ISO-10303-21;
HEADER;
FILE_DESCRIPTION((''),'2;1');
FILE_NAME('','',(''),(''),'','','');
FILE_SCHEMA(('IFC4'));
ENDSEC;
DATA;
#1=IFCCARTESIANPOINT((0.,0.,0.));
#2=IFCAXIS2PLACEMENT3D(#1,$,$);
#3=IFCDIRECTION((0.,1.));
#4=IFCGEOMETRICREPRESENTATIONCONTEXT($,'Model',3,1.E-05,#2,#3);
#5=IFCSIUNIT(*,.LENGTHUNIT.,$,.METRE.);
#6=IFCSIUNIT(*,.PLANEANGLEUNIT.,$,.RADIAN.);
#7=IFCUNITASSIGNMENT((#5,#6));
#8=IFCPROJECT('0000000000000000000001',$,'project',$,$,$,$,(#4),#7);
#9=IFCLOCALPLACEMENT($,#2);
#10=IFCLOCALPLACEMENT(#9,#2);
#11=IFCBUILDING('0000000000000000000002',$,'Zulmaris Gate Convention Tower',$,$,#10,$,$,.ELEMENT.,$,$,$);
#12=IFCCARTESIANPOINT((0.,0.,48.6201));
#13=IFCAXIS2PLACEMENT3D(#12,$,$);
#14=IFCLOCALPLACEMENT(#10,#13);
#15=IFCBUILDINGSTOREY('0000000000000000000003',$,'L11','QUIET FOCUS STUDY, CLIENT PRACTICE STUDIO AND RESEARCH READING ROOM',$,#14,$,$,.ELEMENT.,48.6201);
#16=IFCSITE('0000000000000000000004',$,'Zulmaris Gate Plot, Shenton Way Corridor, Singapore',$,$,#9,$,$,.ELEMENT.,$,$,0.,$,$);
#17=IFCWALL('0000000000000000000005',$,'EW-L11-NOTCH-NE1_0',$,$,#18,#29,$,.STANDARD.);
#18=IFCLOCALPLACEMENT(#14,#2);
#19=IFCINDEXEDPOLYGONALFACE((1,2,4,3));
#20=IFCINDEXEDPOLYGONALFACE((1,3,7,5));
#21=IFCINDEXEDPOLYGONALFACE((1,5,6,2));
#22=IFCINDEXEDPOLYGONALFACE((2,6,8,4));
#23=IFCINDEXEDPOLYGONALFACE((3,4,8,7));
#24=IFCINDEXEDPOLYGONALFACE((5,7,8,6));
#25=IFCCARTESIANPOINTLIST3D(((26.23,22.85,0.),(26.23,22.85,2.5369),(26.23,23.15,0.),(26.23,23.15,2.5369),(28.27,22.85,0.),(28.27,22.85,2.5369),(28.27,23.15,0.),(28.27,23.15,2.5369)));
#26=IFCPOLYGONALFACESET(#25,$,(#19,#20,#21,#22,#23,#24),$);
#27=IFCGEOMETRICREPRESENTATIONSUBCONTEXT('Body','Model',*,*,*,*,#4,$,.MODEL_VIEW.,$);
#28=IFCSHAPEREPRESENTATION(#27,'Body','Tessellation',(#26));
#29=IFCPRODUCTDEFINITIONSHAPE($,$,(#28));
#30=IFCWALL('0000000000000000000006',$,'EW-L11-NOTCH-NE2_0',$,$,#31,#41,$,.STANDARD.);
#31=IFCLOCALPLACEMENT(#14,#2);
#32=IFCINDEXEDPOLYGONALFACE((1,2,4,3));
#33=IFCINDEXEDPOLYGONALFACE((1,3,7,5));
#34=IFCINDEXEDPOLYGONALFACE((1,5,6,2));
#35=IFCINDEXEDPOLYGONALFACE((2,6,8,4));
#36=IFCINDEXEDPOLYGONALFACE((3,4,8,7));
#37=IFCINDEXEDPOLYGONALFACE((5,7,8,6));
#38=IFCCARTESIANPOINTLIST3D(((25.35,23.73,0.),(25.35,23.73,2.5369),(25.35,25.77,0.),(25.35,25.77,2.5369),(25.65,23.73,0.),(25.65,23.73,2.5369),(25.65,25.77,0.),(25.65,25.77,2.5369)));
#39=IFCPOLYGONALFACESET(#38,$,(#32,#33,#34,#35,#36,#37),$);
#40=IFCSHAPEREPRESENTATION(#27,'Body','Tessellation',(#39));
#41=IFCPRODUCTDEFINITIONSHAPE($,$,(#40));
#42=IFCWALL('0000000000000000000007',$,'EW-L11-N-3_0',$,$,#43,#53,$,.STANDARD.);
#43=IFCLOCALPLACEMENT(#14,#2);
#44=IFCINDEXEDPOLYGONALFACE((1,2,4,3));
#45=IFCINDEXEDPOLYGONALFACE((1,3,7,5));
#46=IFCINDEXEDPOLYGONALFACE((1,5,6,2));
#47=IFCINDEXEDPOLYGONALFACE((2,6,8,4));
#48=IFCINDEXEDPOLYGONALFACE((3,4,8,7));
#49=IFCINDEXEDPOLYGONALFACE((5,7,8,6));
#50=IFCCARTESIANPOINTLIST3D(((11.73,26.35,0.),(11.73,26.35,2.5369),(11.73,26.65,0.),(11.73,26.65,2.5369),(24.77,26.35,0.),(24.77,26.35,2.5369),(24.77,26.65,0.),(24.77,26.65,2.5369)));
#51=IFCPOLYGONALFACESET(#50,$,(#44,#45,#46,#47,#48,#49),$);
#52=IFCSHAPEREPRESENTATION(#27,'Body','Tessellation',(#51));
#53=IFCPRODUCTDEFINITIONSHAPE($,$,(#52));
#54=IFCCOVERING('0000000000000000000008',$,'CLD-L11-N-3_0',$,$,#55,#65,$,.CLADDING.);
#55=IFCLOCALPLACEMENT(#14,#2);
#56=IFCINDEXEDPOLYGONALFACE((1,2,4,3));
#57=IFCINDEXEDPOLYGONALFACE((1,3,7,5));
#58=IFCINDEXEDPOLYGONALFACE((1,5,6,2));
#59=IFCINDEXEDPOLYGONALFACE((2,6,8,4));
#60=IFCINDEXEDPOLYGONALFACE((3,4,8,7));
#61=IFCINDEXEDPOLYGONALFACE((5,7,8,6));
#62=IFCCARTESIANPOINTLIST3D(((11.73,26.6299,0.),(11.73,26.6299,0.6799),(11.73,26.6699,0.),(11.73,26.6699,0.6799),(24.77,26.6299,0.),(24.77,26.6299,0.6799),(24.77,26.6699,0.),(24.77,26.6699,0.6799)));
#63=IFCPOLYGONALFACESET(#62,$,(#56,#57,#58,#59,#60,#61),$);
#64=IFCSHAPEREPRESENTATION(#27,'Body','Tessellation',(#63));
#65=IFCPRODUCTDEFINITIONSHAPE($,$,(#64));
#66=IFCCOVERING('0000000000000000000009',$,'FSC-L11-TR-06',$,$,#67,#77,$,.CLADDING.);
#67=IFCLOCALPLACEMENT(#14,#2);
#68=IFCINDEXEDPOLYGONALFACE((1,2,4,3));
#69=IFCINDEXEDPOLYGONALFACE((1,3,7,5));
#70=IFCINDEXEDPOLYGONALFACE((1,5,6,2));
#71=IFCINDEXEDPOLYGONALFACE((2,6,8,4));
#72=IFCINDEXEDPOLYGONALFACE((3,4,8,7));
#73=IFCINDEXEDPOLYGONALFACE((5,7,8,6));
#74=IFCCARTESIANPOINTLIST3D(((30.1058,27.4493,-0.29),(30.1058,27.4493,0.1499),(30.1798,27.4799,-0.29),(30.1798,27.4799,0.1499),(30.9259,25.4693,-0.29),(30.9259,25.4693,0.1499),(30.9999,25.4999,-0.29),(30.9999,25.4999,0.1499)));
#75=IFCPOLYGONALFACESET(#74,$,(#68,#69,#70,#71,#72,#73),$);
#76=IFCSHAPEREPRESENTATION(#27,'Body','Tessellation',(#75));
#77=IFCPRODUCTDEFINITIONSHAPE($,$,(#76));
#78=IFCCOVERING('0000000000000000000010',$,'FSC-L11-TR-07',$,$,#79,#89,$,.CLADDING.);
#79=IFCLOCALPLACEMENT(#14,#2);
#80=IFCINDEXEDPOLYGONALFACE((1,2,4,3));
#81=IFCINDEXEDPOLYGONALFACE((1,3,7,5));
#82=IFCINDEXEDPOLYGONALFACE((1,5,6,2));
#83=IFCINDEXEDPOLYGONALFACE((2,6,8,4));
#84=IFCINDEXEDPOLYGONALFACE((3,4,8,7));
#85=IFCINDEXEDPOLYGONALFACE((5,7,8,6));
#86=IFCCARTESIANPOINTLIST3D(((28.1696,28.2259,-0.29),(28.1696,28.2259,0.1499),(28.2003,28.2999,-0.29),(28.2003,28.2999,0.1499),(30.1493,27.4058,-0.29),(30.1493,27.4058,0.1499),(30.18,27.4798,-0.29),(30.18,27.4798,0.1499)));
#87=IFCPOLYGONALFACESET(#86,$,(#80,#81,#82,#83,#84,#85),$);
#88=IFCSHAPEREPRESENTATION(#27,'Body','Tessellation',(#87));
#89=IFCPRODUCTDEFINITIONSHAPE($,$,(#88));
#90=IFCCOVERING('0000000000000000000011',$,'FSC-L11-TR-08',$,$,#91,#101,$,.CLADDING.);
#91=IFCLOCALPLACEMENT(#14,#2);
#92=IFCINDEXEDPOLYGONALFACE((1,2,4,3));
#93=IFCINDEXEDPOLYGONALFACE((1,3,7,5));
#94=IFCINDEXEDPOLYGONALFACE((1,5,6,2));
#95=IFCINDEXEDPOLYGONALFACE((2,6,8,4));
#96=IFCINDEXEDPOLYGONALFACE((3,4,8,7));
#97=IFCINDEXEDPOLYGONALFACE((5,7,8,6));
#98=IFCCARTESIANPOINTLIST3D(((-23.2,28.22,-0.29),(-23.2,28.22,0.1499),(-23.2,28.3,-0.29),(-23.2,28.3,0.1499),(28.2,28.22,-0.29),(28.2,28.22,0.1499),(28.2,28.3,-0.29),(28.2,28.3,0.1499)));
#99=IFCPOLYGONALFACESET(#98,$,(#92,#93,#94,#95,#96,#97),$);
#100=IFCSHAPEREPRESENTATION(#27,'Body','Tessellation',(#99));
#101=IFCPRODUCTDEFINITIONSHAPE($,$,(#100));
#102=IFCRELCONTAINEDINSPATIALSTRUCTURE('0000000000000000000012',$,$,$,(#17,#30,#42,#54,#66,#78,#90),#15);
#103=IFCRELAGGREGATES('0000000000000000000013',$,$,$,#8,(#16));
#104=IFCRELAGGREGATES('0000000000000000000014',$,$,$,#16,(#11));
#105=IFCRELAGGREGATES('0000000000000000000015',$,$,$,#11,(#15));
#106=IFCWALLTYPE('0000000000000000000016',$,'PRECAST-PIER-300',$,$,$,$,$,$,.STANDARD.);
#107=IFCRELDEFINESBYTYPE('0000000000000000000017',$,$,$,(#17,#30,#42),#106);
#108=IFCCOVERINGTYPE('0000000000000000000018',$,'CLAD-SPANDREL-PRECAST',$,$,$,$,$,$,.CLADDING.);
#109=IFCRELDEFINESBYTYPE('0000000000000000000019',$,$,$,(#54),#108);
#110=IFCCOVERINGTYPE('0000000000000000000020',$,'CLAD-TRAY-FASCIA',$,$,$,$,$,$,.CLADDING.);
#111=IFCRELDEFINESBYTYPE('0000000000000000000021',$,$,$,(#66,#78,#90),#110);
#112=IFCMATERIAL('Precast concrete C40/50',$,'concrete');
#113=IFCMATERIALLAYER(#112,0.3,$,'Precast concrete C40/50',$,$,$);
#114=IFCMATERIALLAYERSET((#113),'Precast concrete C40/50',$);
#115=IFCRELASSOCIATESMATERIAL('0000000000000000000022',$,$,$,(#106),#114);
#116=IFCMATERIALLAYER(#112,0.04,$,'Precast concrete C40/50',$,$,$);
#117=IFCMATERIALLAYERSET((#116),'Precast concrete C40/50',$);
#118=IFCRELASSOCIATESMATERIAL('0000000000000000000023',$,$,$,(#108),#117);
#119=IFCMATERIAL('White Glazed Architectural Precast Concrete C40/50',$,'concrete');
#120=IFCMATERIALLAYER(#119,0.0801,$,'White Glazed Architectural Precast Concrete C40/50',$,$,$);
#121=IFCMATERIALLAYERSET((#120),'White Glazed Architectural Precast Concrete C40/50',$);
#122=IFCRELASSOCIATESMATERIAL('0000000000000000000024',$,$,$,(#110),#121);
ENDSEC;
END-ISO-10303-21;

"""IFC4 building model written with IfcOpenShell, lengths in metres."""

from ifc_helpers import new_model, si_unit, direction, frame, frame_2d, origin, place, context, subcontext, project, spatial, rectangle, extrude, material, layer, layer_set, type_object, element, save


model = new_model("IFC4")

# Units and contexts
model_context = context("Model", 3, precision=1e-05, world=origin(), true_north=direction((0.0, 1.0)))
body_context = subcontext(model_context, "Body", "Model", "MODEL_VIEW")
ifc_project = project(units=[si_unit("LENGTHUNIT", "METRE"), si_unit("PLANEANGLEUNIT", "RADIAN")], contexts=[model_context])

# Site, building, storey
site_placement = place(None, origin())
site = spatial("IfcSite", under=ifc_project, at=site_placement, Name="Zulmaris Gate Plot, Shenton Way Corridor, Singapore", CompositionType="ELEMENT", RefElevation=0.0)
building_placement = place(site_placement, origin())
building = spatial("IfcBuilding", under=site, at=building_placement, Name="Zulmaris Gate Convention Tower", CompositionType="ELEMENT")
storey_placement = place(building_placement, frame((0.0, 0.0, 48.6201)))
storey = spatial("IfcBuildingStorey", under=building, at=storey_placement, Name="L11", Description="QUIET FOCUS STUDY, CLIENT PRACTICE STUDIO AND RESEARCH READING ROOM", CompositionType="ELEMENT", Elevation=48.6201)

# Walls
ifc_material_1 = material(Name="Precast concrete C40/50", Category="concrete")
ifc_layer_1 = layer(ifc_material_1, 0.3, Name="Precast concrete C40/50")
ifc_layer_set_1 = layer_set([ifc_layer_1], Name="Precast concrete C40/50")
wall_type_1 = type_object("IfcWallType", Name="PRECAST-PIER-300", PredefinedType="STANDARD", material=ifc_layer_set_1)
for number, where, z_axis, x_axis, name in (
    (1, (28.27, 23.0, 0.0), (0.0, 0.0, 1.0), (-1.0, 0.0, 0.0), "EW-L11-NOTCH-NE1_0"),
    (2, (25.5, 23.73, 0.0), (0.0, 0.0, 1.0), (0.0, 1.0, 0.0), "EW-L11-NOTCH-NE2_0"),
):
    element("IfcWall", number, at=place(storey_placement, frame(where, z_axis=z_axis, x_axis=x_axis)), inside=storey, type_object=wall_type_1, Name=name, PredefinedType="STANDARD", context=body_context, shape_type="SweptSolid", body=[
        extrude(rectangle(XDim=2.04, YDim=0.3, at=frame_2d((1.02, 0.0))), origin(), (0.0, 0.0, 1.0), 2.5369),
    ])
wall_1_placement = place(storey_placement, frame((24.77, 26.5, 0.0), z_axis=(0.0, 0.0, 1.0), x_axis=(-1.0, 0.0, 0.0)))
element("IfcWall", 3, at=wall_1_placement, inside=storey, type_object=wall_type_1, Name="EW-L11-N-3_0", PredefinedType="STANDARD", context=body_context, shape_type="SweptSolid", body=[
    extrude(rectangle(XDim=13.04, YDim=0.3, at=frame_2d((6.52, 0.0))), origin(), (0.0, 0.0, 1.0), 2.5369),
])

# Coverings
ifc_layer_2 = layer(ifc_material_1, 0.04, Name="Precast concrete C40/50")
ifc_layer_set_2 = layer_set([ifc_layer_2], Name="Precast concrete C40/50")
covering_type_1 = type_object("IfcCoveringType", Name="CLAD-SPANDREL-PRECAST", PredefinedType="CLADDING", material=ifc_layer_set_2)
covering_1_placement = place(storey_placement, frame((24.77, 26.6499, 0.0), z_axis=(0.0, 0.0, 1.0), x_axis=(-1.0, 0.0, 0.0)))
element("IfcCovering", 4, at=covering_1_placement, inside=storey, type_object=covering_type_1, Name="CLD-L11-N-3_0", PredefinedType="CLADDING", context=body_context, shape_type="SweptSolid", body=[
    extrude(rectangle(XDim=13.04, YDim=0.04, at=frame_2d((6.52, 0.0))), origin(), (0.0, 0.0, 1.0), 0.6799),
])
ifc_material_2 = material(Name="White Glazed Architectural Precast Concrete C40/50", Category="concrete")
ifc_layer_3 = layer(ifc_material_2, 0.0801, Name="White Glazed Architectural Precast Concrete C40/50")
ifc_layer_set_3 = layer_set([ifc_layer_3], Name="White Glazed Architectural Precast Concrete C40/50")
covering_type_2 = type_object("IfcCoveringType", Name="CLAD-TRAY-FASCIA", PredefinedType="CLADDING", material=ifc_layer_set_3)
covering_2_placement = place(storey_placement, frame((30.9629, 25.4846, -0.29), z_axis=(0.0, 0.0, 1.0), x_axis=(-0.382657, 0.92389, 0.0)))
element("IfcCovering", 5, at=covering_2_placement, inside=storey, type_object=covering_type_2, Name="FSC-L11-TR-06", PredefinedType="CLADDING", context=body_context, shape_type="SweptSolid", body=[
    extrude(rectangle(XDim=2.1431, YDim=0.0801, at=frame_2d((1.0715, 0.0))), origin(), (0.0, 0.0, 1.0), 0.4399),
])
covering_3_placement = place(storey_placement, frame((30.1646, 27.4429, -0.29), z_axis=(0.0, 0.0, 1.0), x_axis=(-0.923874, 0.382697, 0.0)))
element("IfcCovering", 6, at=covering_3_placement, inside=storey, type_object=covering_type_2, Name="FSC-L11-TR-07", PredefinedType="CLADDING", context=body_context, shape_type="SweptSolid", body=[
    extrude(rectangle(XDim=2.1428, YDim=0.0801, at=frame_2d((1.0713, 0.0))), origin(), (0.0, 0.0, 1.0), 0.4399),
])
covering_4_placement = place(storey_placement, frame((28.2, 28.26, -0.29), z_axis=(0.0, 0.0, 1.0), x_axis=(-1.0, 0.0, 0.0)))
element("IfcCovering", 7, at=covering_4_placement, inside=storey, type_object=covering_type_2, Name="FSC-L11-TR-08", PredefinedType="CLADDING", context=body_context, shape_type="SweptSolid", body=[
    extrude(rectangle(XDim=51.3999, YDim=0.0801, at=frame_2d((25.7, 0.0))), origin(), (0.0, 0.0, 1.0), 0.4399),
])

save(model, "model.ifc")
